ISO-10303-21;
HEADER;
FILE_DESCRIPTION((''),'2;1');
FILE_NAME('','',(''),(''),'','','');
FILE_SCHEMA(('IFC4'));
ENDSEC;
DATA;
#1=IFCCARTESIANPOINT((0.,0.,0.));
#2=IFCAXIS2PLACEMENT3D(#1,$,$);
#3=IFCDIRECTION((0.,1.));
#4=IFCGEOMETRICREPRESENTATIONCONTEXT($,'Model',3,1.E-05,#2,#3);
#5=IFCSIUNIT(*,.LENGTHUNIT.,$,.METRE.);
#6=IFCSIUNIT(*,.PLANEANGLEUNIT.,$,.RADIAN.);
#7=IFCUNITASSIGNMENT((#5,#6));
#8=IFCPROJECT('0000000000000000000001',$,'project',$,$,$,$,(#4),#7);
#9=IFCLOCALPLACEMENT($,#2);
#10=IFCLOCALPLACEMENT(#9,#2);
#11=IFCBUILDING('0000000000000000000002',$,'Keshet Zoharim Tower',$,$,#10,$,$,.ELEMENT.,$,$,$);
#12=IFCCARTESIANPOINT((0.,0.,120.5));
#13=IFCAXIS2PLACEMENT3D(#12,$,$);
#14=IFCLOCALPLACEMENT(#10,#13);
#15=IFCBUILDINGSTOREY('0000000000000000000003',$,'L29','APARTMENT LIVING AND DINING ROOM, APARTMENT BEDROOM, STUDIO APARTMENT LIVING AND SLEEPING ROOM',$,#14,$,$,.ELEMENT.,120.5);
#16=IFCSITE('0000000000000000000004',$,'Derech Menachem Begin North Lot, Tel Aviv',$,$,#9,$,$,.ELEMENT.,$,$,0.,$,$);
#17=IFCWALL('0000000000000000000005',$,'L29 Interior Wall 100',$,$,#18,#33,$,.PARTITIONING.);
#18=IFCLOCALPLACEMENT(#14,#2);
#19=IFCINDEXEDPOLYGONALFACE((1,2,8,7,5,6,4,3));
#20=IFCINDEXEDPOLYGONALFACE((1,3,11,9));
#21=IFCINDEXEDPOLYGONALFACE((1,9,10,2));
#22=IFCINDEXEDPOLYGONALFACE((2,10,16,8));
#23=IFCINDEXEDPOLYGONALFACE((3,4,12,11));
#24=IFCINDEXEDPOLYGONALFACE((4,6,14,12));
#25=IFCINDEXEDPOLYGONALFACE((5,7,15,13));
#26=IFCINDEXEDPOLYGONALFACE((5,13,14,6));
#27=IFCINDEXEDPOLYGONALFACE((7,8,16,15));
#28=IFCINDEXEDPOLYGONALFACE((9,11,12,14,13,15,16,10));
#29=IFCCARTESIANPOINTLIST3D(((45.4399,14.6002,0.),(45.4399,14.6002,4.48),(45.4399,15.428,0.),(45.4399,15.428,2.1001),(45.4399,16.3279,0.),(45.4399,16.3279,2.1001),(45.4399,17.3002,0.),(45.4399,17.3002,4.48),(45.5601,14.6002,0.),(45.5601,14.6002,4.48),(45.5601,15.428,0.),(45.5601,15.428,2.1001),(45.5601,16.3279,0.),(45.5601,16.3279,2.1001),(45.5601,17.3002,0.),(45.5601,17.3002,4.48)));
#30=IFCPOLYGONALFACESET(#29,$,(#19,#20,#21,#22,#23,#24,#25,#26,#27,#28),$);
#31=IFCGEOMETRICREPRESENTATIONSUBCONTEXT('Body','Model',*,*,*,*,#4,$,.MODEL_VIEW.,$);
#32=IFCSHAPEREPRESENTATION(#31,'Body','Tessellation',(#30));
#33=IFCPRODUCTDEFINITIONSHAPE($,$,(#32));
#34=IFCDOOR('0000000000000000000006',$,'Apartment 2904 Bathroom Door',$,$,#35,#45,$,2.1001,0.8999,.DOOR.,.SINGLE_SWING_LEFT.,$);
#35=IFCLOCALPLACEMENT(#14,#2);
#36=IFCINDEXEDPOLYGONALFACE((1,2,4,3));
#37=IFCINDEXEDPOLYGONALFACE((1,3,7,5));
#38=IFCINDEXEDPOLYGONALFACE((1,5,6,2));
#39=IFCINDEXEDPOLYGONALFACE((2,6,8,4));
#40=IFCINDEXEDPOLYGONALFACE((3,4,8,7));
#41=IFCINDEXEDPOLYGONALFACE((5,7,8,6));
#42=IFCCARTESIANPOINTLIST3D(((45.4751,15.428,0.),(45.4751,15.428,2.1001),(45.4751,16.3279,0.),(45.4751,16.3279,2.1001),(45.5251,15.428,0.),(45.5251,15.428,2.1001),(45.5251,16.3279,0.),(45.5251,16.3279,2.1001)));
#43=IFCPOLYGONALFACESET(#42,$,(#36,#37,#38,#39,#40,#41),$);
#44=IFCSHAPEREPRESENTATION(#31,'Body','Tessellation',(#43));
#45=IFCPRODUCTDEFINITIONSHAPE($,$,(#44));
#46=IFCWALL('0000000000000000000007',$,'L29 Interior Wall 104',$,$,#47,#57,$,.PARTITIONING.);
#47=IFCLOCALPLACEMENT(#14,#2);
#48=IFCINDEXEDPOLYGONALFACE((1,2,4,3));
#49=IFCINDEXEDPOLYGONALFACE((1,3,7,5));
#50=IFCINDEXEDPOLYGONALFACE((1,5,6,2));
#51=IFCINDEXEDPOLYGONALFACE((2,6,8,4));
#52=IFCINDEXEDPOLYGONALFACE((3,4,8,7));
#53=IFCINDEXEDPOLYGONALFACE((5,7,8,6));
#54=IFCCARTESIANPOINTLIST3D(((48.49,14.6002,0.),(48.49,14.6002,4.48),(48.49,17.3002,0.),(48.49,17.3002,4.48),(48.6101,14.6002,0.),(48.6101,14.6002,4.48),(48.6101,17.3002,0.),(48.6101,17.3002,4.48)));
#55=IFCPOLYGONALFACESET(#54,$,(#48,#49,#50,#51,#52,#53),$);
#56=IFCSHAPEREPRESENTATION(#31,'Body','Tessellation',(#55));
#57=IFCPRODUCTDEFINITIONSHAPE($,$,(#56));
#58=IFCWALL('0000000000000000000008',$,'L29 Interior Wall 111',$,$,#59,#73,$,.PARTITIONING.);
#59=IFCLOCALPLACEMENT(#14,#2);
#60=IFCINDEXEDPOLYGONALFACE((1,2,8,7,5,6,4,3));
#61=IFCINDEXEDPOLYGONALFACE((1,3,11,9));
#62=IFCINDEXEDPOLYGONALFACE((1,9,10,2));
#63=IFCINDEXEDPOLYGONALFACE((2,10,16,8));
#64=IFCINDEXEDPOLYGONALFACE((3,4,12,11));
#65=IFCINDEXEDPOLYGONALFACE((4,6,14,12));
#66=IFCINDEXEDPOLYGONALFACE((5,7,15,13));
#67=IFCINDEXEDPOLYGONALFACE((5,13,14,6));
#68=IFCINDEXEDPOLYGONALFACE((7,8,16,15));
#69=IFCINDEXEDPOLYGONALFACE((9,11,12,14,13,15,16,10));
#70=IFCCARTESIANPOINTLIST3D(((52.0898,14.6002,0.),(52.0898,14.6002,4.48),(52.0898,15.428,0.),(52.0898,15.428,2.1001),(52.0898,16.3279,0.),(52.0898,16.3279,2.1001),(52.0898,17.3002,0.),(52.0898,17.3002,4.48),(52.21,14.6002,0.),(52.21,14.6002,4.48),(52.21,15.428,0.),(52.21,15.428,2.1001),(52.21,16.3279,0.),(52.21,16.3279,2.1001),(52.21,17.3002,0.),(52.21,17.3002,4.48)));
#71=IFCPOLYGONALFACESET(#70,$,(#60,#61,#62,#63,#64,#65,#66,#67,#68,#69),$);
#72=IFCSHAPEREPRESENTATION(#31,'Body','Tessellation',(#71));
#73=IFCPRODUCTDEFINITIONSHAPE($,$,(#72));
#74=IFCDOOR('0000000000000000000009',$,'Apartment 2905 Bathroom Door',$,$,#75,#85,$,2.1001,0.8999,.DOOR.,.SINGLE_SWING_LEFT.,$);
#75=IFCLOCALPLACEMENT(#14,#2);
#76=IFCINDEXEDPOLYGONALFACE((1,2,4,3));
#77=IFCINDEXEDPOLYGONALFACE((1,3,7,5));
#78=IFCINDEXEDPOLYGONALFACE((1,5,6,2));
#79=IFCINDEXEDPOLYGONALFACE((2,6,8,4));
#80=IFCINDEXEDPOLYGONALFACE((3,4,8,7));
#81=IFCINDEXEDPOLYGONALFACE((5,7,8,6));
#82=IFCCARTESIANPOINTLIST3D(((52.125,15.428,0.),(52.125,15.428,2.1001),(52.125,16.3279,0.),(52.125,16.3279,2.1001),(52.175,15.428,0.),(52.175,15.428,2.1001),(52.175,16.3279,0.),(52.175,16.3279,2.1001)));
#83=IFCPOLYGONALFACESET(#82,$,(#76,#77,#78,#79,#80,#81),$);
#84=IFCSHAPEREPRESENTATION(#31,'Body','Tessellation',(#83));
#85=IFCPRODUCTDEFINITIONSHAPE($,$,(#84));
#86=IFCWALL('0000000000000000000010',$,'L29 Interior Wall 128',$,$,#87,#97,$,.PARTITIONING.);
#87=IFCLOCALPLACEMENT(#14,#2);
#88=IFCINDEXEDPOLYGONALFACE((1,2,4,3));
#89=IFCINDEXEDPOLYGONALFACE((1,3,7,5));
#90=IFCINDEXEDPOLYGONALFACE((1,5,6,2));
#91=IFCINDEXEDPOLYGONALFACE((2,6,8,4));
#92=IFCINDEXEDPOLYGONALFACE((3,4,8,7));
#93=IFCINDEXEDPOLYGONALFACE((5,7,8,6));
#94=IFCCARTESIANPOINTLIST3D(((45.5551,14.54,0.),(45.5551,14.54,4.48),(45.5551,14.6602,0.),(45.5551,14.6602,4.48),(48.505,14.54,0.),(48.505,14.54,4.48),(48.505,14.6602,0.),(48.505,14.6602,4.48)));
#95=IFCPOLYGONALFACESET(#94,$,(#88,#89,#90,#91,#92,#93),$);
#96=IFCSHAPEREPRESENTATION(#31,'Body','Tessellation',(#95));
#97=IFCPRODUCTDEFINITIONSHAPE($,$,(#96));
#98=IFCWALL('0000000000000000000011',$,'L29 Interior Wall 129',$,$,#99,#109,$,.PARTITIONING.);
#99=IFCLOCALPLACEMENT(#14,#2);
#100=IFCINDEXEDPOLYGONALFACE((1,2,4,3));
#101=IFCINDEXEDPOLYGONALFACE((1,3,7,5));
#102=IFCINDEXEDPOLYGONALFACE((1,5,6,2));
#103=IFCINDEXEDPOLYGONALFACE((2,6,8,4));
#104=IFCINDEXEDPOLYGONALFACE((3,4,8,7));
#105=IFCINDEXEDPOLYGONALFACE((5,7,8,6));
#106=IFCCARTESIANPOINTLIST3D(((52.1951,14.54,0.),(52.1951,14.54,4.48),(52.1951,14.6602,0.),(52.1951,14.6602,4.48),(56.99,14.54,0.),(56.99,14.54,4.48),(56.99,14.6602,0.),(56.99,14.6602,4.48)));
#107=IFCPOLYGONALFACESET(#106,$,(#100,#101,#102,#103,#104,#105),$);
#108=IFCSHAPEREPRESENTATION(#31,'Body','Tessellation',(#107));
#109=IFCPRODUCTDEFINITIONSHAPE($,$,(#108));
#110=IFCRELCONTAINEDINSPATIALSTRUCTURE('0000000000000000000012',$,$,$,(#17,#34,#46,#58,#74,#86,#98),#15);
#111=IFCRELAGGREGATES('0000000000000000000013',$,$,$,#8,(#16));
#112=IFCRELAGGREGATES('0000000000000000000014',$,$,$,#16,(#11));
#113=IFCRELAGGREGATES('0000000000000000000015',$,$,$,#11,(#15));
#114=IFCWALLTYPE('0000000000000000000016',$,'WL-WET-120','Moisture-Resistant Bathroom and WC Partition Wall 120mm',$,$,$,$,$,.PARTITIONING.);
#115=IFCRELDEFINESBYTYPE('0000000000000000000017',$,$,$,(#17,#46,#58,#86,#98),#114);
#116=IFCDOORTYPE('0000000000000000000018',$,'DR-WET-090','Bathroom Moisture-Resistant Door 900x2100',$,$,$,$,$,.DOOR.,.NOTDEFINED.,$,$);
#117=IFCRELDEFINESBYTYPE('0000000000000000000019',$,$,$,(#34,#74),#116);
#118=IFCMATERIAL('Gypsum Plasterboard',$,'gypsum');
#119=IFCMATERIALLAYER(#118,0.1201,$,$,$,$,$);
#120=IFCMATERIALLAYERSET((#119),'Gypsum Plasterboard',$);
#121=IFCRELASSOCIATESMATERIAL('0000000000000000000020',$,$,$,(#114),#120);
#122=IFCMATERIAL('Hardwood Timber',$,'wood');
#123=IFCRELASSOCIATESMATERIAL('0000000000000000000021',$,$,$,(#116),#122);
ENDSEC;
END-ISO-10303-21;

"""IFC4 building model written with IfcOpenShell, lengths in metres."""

from ifc_helpers import new_model, si_unit, direction, frame, frame_2d, origin, place, context, subcontext, project, spatial, rectangle, extrude, material, layer, layer_set, type_object, element, fill, save


model = new_model("IFC4")

# Units and contexts
model_context = context("Model", 3, precision=1e-05, world=origin(), true_north=direction((0.0, 1.0)))
body_context = subcontext(model_context, "Body", "Model", "MODEL_VIEW")
ifc_project = project(units=[si_unit("LENGTHUNIT", "METRE"), si_unit("PLANEANGLEUNIT", "RADIAN")], contexts=[model_context])

# Site, building, storey
site_placement = place(None, origin())
site = spatial("IfcSite", under=ifc_project, at=site_placement, Name="Derech Menachem Begin North Lot, Tel Aviv", CompositionType="ELEMENT", RefElevation=0.0)
building_placement = place(site_placement, origin())
building = spatial("IfcBuilding", under=site, at=building_placement, Name="Keshet Zoharim Tower", CompositionType="ELEMENT")
storey_placement = place(building_placement, frame((0.0, 0.0, 120.5)))
storey = spatial("IfcBuildingStorey", under=building, at=storey_placement, Name="L29", Description="APARTMENT LIVING AND DINING ROOM, APARTMENT BEDROOM, STUDIO APARTMENT LIVING AND SLEEPING ROOM", CompositionType="ELEMENT", Elevation=120.5)

# Shared definitions
ifc_material_1 = material(Name="Gypsum Plasterboard", Category="gypsum")

# Shared definitions
ifc_material_2 = material(Name="Hardwood Timber", Category="wood")

# Wall, opening, door
ifc_layer_1 = layer(ifc_material_1, 0.1201)
ifc_layer_set_1 = layer_set([ifc_layer_1], Name="Gypsum Plasterboard")
wall_type_1 = type_object("IfcWallType", Name="WL-WET-120", Description="Moisture-Resistant Bathroom and WC Partition Wall 120mm", PredefinedType="PARTITIONING", material=ifc_layer_set_1)
wall_1_placement = place(storey_placement, frame((45.5, 14.6001, 0.0), z_axis=(0.0, 0.0, 1.0), x_axis=(0.0, 1.0, 0.0)))
wall_1 = element("IfcWall", 1, at=wall_1_placement, inside=storey, type_object=wall_type_1, Name="L29 Interior Wall 100", PredefinedType="PARTITIONING", context=body_context, shape_type="SweptSolid", body=[
    extrude(rectangle(XDim=2.7, YDim=0.1201, at=frame_2d((1.3501, 0.0))), origin(), (0.0, 0.0, 1.0), 4.48),
])
opening_1_placement = place(wall_1_placement, frame((0.8279, 0.0, 0.0)))
opening_1 = element("IfcOpeningElement", 2, at=opening_1_placement, cuts=wall_1, PredefinedType="OPENING", context=body_context, shape_type="SweptSolid", body=[
    extrude(rectangle(XDim=0.8999, YDim=2.1001, at=frame_2d((0.45, 1.05))), frame((0.0, 0.0701, 0.0), z_axis=(0.0, -1.0, 0.0), x_axis=(1.0, 0.0, 0.0)), (0.0, 0.0, 1.0), 0.1401),
])
door_type_1 = type_object("IfcDoorType", Name="DR-WET-090", Description="Bathroom Moisture-Resistant Door 900x2100", OperationType="NOTDEFINED", PredefinedType="DOOR", material=ifc_material_2)
door_1_placement = place(opening_1_placement, origin())
door_1 = element("IfcDoor", 3, at=door_1_placement, inside=storey, type_object=door_type_1, Name="Apartment 2904 Bathroom Door", OperationType="SINGLE_SWING_LEFT", OverallHeight=2.1001, OverallWidth=0.8999, PredefinedType="DOOR", context=body_context, shape_type="SweptSolid", body=[
    extrude(rectangle(XDim=0.8999, YDim=2.1001, at=frame_2d((0.45, 1.05))), frame((0.0, 0.0249, 0.0), z_axis=(0.0, -1.0, 0.0), x_axis=(1.0, 0.0, 0.0)), (0.0, 0.0, 1.0), 0.05),
])
fill(opening_1, door_1)

# Wall
wall_2_placement = place(storey_placement, frame((48.55, 14.6001, 0.0), z_axis=(0.0, 0.0, 1.0), x_axis=(0.0, 1.0, 0.0)))
element("IfcWall", 4, at=wall_2_placement, inside=storey, type_object=wall_type_1, Name="L29 Interior Wall 104", PredefinedType="PARTITIONING", context=body_context, shape_type="SweptSolid", body=[
    extrude(rectangle(XDim=2.7, YDim=0.1201, at=frame_2d((1.3501, 0.0))), origin(), (0.0, 0.0, 1.0), 4.48),
])

# Wall, opening, door
wall_3_placement = place(storey_placement, frame((52.1499, 14.6001, 0.0), z_axis=(0.0, 0.0, 1.0), x_axis=(0.0, 1.0, 0.0)))
wall_3 = element("IfcWall", 5, at=wall_3_placement, inside=storey, type_object=wall_type_1, Name="L29 Interior Wall 111", PredefinedType="PARTITIONING", context=body_context, shape_type="SweptSolid", body=[
    extrude(rectangle(XDim=2.7, YDim=0.1201, at=frame_2d((1.3501, 0.0))), origin(), (0.0, 0.0, 1.0), 4.48),
])
opening_2_placement = place(wall_3_placement, frame((0.8279, 0.0, 0.0)))
opening_2 = element("IfcOpeningElement", 6, at=opening_2_placement, cuts=wall_3, PredefinedType="OPENING", context=body_context, shape_type="SweptSolid", body=[
    extrude(rectangle(XDim=0.8999, YDim=2.1001, at=frame_2d((0.45, 1.05))), frame((0.0, 0.0701, 0.0), z_axis=(0.0, -1.0, 0.0), x_axis=(1.0, 0.0, 0.0)), (0.0, 0.0, 1.0), 0.1401),
])
door_2_placement = place(opening_2_placement, origin())
door_2 = element("IfcDoor", 7, at=door_2_placement, inside=storey, type_object=door_type_1, Name="Apartment 2905 Bathroom Door", OperationType="SINGLE_SWING_LEFT", OverallHeight=2.1001, OverallWidth=0.8999, PredefinedType="DOOR", context=body_context, shape_type="SweptSolid", body=[
    extrude(rectangle(XDim=0.8999, YDim=2.1001, at=frame_2d((0.45, 1.05))), frame((0.0, 0.0249, 0.0), z_axis=(0.0, -1.0, 0.0), x_axis=(1.0, 0.0, 0.0)), (0.0, 0.0, 1.0), 0.05),
])
fill(opening_2, door_2)

# Walls
wall_4_placement = place(storey_placement, frame((45.5549, 14.6001, 0.0), z_axis=(0.0, 0.0, 1.0), x_axis=(1.0, 0.0, 0.0)))
element("IfcWall", 8, at=wall_4_placement, inside=storey, type_object=wall_type_1, Name="L29 Interior Wall 128", PredefinedType="PARTITIONING", context=body_context, shape_type="SweptSolid", body=[
    extrude(rectangle(XDim=2.95, YDim=0.1201, at=frame_2d((1.4751, 0.0))), origin(), (0.0, 0.0, 1.0), 4.48),
])
wall_5_placement = place(storey_placement, frame((52.1951, 14.6001, 0.0), z_axis=(0.0, 0.0, 1.0), x_axis=(1.0, 0.0, 0.0)))
element("IfcWall", 9, at=wall_5_placement, inside=storey, type_object=wall_type_1, Name="L29 Interior Wall 129", PredefinedType="PARTITIONING", context=body_context, shape_type="SweptSolid", body=[
    extrude(rectangle(XDim=4.7949, YDim=0.1201, at=frame_2d((2.3975, 0.0))), origin(), (0.0, 0.0, 1.0), 4.48),
])

save(model, "model.ifc")
